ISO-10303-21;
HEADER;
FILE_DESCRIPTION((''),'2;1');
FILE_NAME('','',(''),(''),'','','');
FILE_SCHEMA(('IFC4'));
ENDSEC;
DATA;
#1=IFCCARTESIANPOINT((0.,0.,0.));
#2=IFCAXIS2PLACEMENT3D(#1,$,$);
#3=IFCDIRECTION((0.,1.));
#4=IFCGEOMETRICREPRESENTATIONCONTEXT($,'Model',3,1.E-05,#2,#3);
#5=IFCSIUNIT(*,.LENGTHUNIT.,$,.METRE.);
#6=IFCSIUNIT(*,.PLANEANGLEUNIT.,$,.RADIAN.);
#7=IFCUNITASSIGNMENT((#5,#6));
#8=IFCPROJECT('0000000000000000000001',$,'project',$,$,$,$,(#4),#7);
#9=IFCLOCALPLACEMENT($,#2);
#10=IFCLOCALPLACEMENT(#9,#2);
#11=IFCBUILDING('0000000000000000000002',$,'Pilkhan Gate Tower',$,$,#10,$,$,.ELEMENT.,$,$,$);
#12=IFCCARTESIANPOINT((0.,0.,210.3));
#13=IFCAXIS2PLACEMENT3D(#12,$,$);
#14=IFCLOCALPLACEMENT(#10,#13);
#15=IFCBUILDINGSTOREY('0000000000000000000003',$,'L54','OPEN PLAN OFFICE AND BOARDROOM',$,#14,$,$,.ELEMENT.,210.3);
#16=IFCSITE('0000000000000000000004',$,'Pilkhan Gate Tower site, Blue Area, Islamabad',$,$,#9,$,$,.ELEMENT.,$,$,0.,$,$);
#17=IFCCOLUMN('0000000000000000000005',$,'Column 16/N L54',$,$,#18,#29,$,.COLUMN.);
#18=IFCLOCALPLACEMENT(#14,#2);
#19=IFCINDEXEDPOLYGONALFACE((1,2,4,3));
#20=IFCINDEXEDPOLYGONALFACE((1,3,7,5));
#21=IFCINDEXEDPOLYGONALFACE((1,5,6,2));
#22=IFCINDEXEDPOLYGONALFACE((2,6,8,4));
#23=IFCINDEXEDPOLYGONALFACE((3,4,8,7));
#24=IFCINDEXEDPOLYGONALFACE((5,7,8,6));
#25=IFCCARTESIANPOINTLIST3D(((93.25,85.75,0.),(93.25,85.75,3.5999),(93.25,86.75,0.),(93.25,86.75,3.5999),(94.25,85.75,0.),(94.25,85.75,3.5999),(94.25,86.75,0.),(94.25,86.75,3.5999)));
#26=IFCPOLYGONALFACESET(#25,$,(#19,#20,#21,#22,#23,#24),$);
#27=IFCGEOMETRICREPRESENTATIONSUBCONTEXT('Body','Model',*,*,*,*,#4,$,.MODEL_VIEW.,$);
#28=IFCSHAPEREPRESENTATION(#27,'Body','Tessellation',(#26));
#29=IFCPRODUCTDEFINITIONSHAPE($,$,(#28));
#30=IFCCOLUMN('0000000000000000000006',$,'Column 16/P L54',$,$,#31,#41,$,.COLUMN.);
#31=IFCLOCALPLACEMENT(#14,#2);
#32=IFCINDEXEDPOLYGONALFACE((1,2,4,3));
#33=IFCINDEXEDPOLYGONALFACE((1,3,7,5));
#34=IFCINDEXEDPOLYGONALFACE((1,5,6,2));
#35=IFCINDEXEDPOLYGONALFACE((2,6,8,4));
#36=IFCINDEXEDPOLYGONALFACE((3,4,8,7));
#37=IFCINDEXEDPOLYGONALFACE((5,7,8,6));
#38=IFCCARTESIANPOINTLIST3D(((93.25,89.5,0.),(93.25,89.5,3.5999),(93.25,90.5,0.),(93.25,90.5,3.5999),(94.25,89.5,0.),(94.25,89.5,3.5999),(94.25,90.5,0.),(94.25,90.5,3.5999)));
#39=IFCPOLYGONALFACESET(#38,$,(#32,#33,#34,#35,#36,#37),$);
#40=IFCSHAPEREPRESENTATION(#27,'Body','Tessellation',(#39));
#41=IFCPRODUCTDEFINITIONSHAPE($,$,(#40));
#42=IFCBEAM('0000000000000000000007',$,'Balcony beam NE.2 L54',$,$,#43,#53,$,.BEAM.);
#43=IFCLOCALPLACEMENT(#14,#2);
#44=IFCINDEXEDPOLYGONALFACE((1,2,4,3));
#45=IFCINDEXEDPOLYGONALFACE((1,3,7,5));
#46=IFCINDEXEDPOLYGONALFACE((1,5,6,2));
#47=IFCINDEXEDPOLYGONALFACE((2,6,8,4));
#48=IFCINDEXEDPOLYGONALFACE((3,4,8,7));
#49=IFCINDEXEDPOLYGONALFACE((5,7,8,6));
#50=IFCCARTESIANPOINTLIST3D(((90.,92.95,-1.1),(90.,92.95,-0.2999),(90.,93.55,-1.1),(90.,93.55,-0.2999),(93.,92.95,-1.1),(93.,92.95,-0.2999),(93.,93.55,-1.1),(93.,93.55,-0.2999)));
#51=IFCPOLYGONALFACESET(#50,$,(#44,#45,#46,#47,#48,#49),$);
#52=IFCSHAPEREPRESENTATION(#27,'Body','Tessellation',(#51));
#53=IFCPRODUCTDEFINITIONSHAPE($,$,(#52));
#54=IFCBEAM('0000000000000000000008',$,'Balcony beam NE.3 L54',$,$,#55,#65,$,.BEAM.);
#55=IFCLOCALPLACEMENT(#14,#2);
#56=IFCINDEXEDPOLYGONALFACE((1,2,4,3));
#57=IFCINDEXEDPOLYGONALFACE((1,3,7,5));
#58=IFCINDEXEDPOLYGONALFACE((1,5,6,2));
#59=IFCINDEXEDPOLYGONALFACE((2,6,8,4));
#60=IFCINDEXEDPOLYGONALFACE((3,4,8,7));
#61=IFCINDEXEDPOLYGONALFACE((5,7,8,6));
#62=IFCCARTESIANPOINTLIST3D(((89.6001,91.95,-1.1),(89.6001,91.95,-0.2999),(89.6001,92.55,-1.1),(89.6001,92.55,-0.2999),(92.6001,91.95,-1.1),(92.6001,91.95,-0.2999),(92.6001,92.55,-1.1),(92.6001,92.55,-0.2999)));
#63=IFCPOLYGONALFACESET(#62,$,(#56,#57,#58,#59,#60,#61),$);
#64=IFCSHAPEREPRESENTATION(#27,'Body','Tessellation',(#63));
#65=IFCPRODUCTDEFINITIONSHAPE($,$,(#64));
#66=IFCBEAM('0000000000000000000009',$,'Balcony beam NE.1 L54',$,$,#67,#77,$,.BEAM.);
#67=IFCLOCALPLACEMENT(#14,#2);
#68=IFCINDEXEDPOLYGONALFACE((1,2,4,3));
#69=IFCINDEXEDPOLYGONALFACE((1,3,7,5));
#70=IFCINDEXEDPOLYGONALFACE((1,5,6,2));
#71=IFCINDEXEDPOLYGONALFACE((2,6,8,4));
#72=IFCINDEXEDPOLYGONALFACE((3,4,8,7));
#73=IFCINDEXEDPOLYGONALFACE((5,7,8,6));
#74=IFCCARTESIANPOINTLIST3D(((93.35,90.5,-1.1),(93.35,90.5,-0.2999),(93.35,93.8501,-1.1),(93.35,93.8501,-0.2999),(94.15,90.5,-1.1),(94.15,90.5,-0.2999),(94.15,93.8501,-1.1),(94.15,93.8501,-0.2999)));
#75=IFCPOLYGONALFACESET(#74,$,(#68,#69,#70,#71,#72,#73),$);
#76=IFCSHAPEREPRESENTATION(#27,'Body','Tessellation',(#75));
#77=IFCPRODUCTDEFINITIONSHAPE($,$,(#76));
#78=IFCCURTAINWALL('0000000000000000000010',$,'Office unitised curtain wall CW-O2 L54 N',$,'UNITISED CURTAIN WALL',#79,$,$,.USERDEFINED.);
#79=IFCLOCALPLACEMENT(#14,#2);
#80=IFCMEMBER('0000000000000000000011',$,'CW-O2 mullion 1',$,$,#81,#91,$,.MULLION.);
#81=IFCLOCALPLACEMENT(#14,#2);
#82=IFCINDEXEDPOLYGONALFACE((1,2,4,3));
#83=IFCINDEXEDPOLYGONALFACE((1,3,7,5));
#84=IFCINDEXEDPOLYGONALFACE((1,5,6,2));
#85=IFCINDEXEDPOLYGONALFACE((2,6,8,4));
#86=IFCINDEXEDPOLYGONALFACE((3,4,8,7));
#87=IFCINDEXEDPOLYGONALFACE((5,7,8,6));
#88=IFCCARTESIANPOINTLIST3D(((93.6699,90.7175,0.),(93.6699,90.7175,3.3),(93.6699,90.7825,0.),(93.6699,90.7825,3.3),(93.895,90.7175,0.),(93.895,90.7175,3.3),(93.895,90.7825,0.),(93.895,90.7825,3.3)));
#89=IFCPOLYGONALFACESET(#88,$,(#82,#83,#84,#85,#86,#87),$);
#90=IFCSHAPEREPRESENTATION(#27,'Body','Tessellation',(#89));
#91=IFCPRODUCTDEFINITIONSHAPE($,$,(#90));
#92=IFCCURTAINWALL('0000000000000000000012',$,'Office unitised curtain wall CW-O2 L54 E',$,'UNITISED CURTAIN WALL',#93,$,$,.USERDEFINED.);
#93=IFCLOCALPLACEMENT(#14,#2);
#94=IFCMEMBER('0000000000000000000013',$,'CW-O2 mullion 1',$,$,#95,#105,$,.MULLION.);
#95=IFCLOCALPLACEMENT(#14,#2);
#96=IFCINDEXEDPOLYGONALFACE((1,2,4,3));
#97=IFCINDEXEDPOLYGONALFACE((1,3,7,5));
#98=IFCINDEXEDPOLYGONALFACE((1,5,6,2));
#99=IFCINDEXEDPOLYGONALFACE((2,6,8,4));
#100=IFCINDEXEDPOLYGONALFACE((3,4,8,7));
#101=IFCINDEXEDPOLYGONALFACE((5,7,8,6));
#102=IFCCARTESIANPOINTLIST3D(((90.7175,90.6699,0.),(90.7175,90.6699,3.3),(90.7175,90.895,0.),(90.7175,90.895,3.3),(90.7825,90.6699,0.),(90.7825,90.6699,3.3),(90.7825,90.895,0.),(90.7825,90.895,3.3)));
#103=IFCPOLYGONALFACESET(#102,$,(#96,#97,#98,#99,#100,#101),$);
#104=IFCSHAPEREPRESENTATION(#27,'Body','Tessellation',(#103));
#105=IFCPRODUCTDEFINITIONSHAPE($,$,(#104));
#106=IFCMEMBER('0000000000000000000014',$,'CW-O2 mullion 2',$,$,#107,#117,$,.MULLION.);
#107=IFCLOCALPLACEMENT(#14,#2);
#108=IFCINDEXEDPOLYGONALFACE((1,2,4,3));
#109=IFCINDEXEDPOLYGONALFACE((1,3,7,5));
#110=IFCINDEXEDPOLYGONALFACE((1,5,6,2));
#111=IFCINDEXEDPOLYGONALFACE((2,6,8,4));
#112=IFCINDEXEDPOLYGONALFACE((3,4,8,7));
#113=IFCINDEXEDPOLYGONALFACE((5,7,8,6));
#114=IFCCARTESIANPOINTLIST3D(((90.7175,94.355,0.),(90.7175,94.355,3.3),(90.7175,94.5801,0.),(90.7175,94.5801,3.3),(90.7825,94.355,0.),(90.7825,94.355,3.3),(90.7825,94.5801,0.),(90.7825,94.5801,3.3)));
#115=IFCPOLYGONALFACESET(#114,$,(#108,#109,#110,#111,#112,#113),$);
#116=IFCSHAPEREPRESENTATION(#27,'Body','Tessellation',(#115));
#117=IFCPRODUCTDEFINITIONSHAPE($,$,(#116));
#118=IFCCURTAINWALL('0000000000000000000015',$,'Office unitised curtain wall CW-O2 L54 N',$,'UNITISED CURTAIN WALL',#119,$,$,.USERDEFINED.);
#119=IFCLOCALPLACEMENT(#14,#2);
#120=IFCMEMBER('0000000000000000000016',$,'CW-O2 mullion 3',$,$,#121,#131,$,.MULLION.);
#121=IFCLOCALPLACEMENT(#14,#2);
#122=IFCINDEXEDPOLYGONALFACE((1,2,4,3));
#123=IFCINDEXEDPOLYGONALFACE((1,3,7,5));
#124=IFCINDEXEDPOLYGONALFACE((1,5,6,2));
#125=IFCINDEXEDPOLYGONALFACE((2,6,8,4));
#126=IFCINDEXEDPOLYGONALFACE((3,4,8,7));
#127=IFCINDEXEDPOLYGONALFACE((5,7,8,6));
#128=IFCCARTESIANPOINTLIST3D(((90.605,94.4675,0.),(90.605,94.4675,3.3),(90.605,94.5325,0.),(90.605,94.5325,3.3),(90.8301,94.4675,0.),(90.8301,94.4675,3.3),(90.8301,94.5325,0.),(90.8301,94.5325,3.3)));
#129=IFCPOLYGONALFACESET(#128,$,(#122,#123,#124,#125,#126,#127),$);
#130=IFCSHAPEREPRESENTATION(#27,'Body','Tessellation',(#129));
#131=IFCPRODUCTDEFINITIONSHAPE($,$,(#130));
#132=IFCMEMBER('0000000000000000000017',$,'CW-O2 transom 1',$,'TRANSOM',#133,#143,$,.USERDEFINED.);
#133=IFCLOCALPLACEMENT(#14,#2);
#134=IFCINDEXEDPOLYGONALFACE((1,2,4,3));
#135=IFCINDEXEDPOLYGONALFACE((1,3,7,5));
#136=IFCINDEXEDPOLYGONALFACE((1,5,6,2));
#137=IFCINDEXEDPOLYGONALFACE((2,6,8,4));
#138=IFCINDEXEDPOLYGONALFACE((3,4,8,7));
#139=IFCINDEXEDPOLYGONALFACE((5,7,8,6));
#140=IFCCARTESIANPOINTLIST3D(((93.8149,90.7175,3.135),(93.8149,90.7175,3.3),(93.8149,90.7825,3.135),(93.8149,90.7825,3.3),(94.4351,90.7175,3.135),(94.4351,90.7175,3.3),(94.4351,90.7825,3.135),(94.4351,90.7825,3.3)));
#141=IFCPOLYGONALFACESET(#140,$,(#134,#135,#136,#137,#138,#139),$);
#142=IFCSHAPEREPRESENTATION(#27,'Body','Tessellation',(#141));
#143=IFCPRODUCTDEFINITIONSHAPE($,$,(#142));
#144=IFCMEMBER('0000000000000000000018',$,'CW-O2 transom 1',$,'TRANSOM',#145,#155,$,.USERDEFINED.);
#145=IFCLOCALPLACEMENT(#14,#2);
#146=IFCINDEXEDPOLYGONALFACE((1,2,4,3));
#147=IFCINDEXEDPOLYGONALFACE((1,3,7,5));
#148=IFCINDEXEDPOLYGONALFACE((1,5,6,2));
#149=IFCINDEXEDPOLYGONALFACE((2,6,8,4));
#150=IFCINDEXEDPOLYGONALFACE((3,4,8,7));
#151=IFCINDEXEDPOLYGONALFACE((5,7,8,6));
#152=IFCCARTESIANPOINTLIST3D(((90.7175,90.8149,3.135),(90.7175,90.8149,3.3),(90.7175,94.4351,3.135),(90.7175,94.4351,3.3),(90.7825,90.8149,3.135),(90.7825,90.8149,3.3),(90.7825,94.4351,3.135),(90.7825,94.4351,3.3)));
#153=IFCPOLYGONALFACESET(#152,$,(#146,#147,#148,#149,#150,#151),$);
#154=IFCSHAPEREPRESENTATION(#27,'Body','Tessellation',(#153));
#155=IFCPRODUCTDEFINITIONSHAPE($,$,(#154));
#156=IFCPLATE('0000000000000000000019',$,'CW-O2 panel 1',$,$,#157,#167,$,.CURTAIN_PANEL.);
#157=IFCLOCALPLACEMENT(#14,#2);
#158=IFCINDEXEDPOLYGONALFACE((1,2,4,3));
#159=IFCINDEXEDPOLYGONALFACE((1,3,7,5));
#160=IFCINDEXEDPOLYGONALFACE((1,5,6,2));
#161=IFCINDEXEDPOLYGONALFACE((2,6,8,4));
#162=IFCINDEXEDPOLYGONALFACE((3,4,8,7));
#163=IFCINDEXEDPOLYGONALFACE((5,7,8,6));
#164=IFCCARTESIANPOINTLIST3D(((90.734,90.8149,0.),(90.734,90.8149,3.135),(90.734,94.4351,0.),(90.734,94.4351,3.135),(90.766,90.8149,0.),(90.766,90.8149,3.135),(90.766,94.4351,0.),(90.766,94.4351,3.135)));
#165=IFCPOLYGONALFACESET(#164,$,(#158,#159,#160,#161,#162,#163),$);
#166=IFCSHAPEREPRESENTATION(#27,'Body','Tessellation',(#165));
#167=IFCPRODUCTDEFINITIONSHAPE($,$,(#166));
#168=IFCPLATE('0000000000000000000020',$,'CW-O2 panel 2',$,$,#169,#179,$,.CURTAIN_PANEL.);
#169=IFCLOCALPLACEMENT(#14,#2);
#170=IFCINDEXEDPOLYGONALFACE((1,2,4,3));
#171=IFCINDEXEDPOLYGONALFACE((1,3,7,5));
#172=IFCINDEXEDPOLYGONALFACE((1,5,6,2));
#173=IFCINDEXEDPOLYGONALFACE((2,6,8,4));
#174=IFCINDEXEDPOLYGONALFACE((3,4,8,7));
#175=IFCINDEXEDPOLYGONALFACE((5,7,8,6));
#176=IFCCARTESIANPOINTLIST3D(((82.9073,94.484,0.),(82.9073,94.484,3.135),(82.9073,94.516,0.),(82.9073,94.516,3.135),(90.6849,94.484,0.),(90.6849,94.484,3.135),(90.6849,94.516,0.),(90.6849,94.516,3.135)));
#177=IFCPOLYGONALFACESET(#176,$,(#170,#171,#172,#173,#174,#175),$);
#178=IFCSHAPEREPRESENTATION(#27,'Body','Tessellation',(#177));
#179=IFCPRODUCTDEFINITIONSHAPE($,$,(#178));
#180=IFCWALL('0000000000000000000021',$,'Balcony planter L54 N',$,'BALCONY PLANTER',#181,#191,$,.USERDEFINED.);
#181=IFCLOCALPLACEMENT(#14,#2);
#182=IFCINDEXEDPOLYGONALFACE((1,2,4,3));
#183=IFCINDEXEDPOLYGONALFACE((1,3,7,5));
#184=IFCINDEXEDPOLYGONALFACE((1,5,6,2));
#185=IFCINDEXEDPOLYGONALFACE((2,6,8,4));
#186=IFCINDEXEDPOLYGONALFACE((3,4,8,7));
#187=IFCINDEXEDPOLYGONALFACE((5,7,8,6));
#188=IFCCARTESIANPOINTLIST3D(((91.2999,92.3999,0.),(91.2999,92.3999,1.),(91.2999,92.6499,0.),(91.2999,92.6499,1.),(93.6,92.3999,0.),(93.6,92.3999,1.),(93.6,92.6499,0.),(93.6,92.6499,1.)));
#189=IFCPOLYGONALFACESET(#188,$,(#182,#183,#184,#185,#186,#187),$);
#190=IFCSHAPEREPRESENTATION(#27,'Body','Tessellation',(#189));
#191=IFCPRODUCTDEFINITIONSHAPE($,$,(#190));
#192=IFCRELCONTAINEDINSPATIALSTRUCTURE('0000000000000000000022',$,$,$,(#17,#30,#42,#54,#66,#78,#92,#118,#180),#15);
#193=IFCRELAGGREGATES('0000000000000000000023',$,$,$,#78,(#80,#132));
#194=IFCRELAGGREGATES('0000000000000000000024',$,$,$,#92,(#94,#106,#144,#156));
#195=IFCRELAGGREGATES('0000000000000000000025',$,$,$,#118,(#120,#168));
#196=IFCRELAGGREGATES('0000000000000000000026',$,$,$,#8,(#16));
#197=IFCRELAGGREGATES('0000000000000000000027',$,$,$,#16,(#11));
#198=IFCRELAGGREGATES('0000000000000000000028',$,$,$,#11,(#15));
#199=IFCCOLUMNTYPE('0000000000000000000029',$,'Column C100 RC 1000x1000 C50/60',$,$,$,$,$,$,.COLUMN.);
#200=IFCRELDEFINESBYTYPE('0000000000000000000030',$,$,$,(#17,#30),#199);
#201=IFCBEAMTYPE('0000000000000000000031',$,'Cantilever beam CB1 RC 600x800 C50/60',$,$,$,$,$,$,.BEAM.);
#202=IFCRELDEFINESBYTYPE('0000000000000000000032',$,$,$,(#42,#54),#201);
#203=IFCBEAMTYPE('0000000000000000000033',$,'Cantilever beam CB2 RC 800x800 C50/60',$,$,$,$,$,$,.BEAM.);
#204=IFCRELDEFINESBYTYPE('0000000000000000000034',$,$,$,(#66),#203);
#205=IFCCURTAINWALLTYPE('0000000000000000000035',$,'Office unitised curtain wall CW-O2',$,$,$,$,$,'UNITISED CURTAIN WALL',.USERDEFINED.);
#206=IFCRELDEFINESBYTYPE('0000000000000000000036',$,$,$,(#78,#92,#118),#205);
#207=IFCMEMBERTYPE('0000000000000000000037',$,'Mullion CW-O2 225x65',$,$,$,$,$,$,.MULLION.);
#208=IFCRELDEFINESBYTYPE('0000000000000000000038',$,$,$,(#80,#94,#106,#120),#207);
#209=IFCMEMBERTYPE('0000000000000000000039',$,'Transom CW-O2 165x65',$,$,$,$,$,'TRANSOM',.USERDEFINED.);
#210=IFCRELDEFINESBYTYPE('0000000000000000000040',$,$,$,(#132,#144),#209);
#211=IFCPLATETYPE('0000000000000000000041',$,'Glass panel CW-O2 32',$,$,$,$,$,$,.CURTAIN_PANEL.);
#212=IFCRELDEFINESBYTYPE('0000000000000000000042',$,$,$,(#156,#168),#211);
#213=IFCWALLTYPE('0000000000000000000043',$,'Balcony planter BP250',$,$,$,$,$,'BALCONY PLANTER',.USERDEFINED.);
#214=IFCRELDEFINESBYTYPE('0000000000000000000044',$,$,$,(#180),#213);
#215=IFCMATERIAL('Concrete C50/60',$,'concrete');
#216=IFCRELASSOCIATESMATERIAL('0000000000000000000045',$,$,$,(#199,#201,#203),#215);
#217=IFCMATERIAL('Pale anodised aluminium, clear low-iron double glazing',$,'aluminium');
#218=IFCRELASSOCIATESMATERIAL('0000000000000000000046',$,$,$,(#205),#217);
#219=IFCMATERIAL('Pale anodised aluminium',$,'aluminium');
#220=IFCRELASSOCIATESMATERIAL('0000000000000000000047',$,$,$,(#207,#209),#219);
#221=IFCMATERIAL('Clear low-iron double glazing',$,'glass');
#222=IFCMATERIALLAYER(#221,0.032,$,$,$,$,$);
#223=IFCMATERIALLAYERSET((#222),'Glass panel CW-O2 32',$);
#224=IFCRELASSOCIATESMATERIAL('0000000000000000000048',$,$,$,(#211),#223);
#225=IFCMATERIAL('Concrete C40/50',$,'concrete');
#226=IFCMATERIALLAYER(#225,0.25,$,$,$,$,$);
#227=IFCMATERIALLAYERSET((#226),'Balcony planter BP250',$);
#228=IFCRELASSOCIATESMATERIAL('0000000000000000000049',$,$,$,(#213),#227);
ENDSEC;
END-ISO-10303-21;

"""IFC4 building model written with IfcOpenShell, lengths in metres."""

from ifc_helpers import new_model, si_unit, direction, frame, frame_2d, origin, origin_2d, place, context, subcontext, project, spatial, rectangle, extrude, material, layer, layer_set, material_profile, profile_set, type_object, element, aggregate, save


model = new_model("IFC4")

# Units and contexts
model_context = context("Model", 3, precision=1e-05, world=origin(), true_north=direction((0.0, 1.0)))
body_context = subcontext(model_context, "Body", "Model", "MODEL_VIEW")
ifc_project = project(units=[si_unit("LENGTHUNIT", "METRE"), si_unit("PLANEANGLEUNIT", "RADIAN")], contexts=[model_context])

# Site, building, storey
site_placement = place(None, origin())
site = spatial("IfcSite", under=ifc_project, at=site_placement, Name="Pilkhan Gate Tower site, Blue Area, Islamabad", CompositionType="ELEMENT", RefElevation=0.0)
building_placement = place(site_placement, origin())
building = spatial("IfcBuilding", under=site, at=building_placement, Name="Pilkhan Gate Tower", CompositionType="ELEMENT")
storey_placement = place(building_placement, frame((0.0, 0.0, 210.3)))
storey = spatial("IfcBuildingStorey", under=building, at=storey_placement, Name="L54", Description="OPEN PLAN OFFICE AND BOARDROOM", CompositionType="ELEMENT", Elevation=210.3)

# Columns
ifc_material_1 = material(Name="Concrete C50/60", Category="concrete")
ifc_material_profile_1 = material_profile(ifc_material_1, rectangle(XDim=1.0, YDim=1.0, at=origin_2d()), Name="RC 1000x1000")
ifc_profile_set_1 = profile_set([ifc_material_profile_1], Name="Concrete C50/60")
column_type = type_object("IfcColumnType", Name="Column C100 RC 1000x1000 C50/60", PredefinedType="COLUMN", material=ifc_profile_set_1)
for number, where, z_axis, x_axis, name in (
    (1, (93.75, 86.25, 0.0), (0.0, 0.0, 1.0), (1.0, 0.0, 0.0), "Column 16/N L54"),
    (2, (93.75, 90.0, 0.0), (0.0, 0.0, 1.0), (1.0, 0.0, 0.0), "Column 16/P L54"),
):
    element("IfcColumn", number, at=place(storey_placement, frame(where, z_axis=z_axis, x_axis=x_axis)), inside=storey, type_object=column_type, Name=name, PredefinedType="COLUMN", context=body_context, shape_type="SweptSolid", body=[
        extrude(rectangle(XDim=1.0, YDim=1.0, at=origin_2d()), origin(), (0.0, 0.0, 1.0), 3.5999),
    ])

# Beams
ifc_material_profile_2 = material_profile(ifc_material_1, rectangle(XDim=0.6001, YDim=0.8, at=origin_2d()), Name="RC 600x800")
ifc_profile_set_2 = profile_set([ifc_material_profile_2], Name="Concrete C50/60")
beam_type_1 = type_object("IfcBeamType", Name="Cantilever beam CB1 RC 600x800 C50/60", PredefinedType="BEAM", material=ifc_profile_set_2)
for number, where, z_axis, x_axis, name in (
    (3, (90.0, 93.25, -0.7), (1.0, 0.0, 0.0), (0.0, 1.0, 0.0), "Balcony beam NE.2 L54"),
    (4, (89.6001, 92.25, -0.7), (1.0, 0.0, 0.0), (0.0, 1.0, 0.0), "Balcony beam NE.3 L54"),
):
    element("IfcBeam", number, at=place(storey_placement, frame(where, z_axis=z_axis, x_axis=x_axis)), inside=storey, type_object=beam_type_1, Name=name, PredefinedType="BEAM", context=body_context, shape_type="SweptSolid", body=[
        extrude(rectangle(XDim=0.6001, YDim=0.8, at=origin_2d()), origin(), (0.0, 0.0, 1.0), 3.0),
    ])
ifc_material_profile_3 = material_profile(ifc_material_1, rectangle(XDim=0.8, YDim=0.8, at=origin_2d()), Name="RC 800x800")
ifc_profile_set_3 = profile_set([ifc_material_profile_3], Name="Concrete C50/60")
beam_type_2 = type_object("IfcBeamType", Name="Cantilever beam CB2 RC 800x800 C50/60", PredefinedType="BEAM", material=ifc_profile_set_3)
beam_placement = place(storey_placement, frame((93.75, 90.5, -0.7), z_axis=(0.0, 1.0, 0.0), x_axis=(-1.0, 0.0, 0.0)))
element("IfcBeam", 5, at=beam_placement, inside=storey, type_object=beam_type_2, Name="Balcony beam NE.1 L54", PredefinedType="BEAM", context=body_context, shape_type="SweptSolid", body=[
    extrude(rectangle(XDim=0.8, YDim=0.8, at=origin_2d()), origin(), (0.0, 0.0, 1.0), 3.3501),
])

# Curtain wall, member
ifc_material_2 = material(Name="Pale anodised aluminium, clear low-iron double glazing", Category="aluminium")
curtain_wall_type = type_object("IfcCurtainWallType", Name="Office unitised curtain wall CW-O2", ElementType="UNITISED CURTAIN WALL", PredefinedType="USERDEFINED", material=ifc_material_2)
curtain_wall_1_placement = place(storey_placement, origin())
curtain_wall_1 = element("IfcCurtainWall", 6, at=curtain_wall_1_placement, inside=storey, type_object=curtain_wall_type, Name="Office unitised curtain wall CW-O2 L54 N", ObjectType="UNITISED CURTAIN WALL", PredefinedType="USERDEFINED")
ifc_material_3 = material(Name="Pale anodised aluminium", Category="aluminium")
ifc_material_profile_4 = material_profile(ifc_material_3, rectangle(XDim=0.0649, YDim=0.2251, at=origin_2d()), Name="Mullion 225x65")
ifc_profile_set_4 = profile_set([ifc_material_profile_4], Name="Pale anodised aluminium")
member_type_1 = type_object("IfcMemberType", Name="Mullion CW-O2 225x65", PredefinedType="MULLION", material=ifc_profile_set_4)
member_1_placement = place(storey_placement, frame((93.7825, 90.75, 0.0), z_axis=(0.0, 0.0, 1.0), x_axis=(0.0, 1.0, 0.0)))
member_1 = element("IfcMember", 7, at=member_1_placement, type_object=member_type_1, Name="CW-O2 mullion 1", PredefinedType="MULLION", context=body_context, shape_type="SweptSolid", body=[
    extrude(rectangle(XDim=0.0649, YDim=0.2251, at=origin_2d()), origin(), (0.0, 0.0, 1.0), 3.3),
])

# Curtain wall, members
curtain_wall_2_placement = place(storey_placement, origin())
curtain_wall_2 = element("IfcCurtainWall", 8, at=curtain_wall_2_placement, inside=storey, type_object=curtain_wall_type, Name="Office unitised curtain wall CW-O2 L54 E", ObjectType="UNITISED CURTAIN WALL", PredefinedType="USERDEFINED")
member_2_placement = place(storey_placement, frame((90.75, 90.7825, 0.0), z_axis=(0.0, 0.0, 1.0), x_axis=(-1.0, 0.0, 0.0)))
member_2 = element("IfcMember", 9, at=member_2_placement, type_object=member_type_1, Name="CW-O2 mullion 1", PredefinedType="MULLION", context=body_context, shape_type="SweptSolid", body=[
    extrude(rectangle(XDim=0.0649, YDim=0.2251, at=origin_2d()), origin(), (0.0, 0.0, 1.0), 3.3),
])
member_3_placement = place(storey_placement, frame((90.75, 94.4675, 0.0), z_axis=(0.0, 0.0, 1.0), x_axis=(-1.0, 0.0, 0.0)))
member_3 = element("IfcMember", 10, at=member_3_placement, type_object=member_type_1, Name="CW-O2 mullion 2", PredefinedType="MULLION", context=body_context, shape_type="SweptSolid", body=[
    extrude(rectangle(XDim=0.0649, YDim=0.2251, at=origin_2d()), origin(), (0.0, 0.0, 1.0), 3.3),
])

# Curtain wall, member
curtain_wall_3_placement = place(storey_placement, origin())
curtain_wall_3 = element("IfcCurtainWall", 11, at=curtain_wall_3_placement, inside=storey, type_object=curtain_wall_type, Name="Office unitised curtain wall CW-O2 L54 N", ObjectType="UNITISED CURTAIN WALL", PredefinedType="USERDEFINED")
member_4_placement = place(storey_placement, frame((90.7175, 94.5, 0.0), z_axis=(0.0, 0.0, 1.0), x_axis=(0.0, 1.0, 0.0)))
member_4 = element("IfcMember", 12, at=member_4_placement, type_object=member_type_1, Name="CW-O2 mullion 3", PredefinedType="MULLION", context=body_context, shape_type="SweptSolid", body=[
    extrude(rectangle(XDim=0.0649, YDim=0.2251, at=origin_2d()), origin(), (0.0, 0.0, 1.0), 3.3),
])

# Members
ifc_material_profile_5 = material_profile(ifc_material_3, rectangle(XDim=0.0649, YDim=0.165, at=origin_2d()), Name="Transom 165x65")
ifc_profile_set_5 = profile_set([ifc_material_profile_5], Name="Pale anodised aluminium")
member_type_2 = type_object("IfcMemberType", Name="Transom CW-O2 165x65", ElementType="TRANSOM", PredefinedType="USERDEFINED", material=ifc_profile_set_5)
member_5_placement = place(storey_placement, frame((93.8149, 90.75, 3.2175), z_axis=(1.0, 0.0, 0.0), x_axis=(0.0, 1.0, 0.0)))
member_5 = element("IfcMember", 13, at=member_5_placement, type_object=member_type_2, Name="CW-O2 transom 1", ObjectType="TRANSOM", PredefinedType="USERDEFINED", context=body_context, shape_type="SweptSolid", body=[
    extrude(rectangle(XDim=0.0649, YDim=0.165, at=origin_2d()), origin(), (0.0, 0.0, 1.0), 0.6201),
])
aggregate(curtain_wall_1, [member_1, member_5])
member_6_placement = place(storey_placement, frame((90.75, 90.8149, 3.2175), z_axis=(0.0, 1.0, 0.0), x_axis=(-1.0, 0.0, 0.0)))
member_6 = element("IfcMember", 14, at=member_6_placement, type_object=member_type_2, Name="CW-O2 transom 1", ObjectType="TRANSOM", PredefinedType="USERDEFINED", context=body_context, shape_type="SweptSolid", body=[
    extrude(rectangle(XDim=0.0649, YDim=0.165, at=origin_2d()), origin(), (0.0, 0.0, 1.0), 3.6201),
])

# Plates
ifc_material_4 = material(Name="Clear low-iron double glazing", Category="glass")
ifc_layer_1 = layer(ifc_material_4, 0.032)
ifc_layer_set_1 = layer_set([ifc_layer_1], Name="Glass panel CW-O2 32")
plate_type = type_object("IfcPlateType", Name="Glass panel CW-O2 32", PredefinedType="CURTAIN_PANEL", material=ifc_layer_set_1)
plate_1_placement = place(storey_placement, frame((90.75, 92.625, 0.0), z_axis=(0.0, 0.0, 1.0), x_axis=(0.0, 1.0, 0.0)))
plate_1 = element("IfcPlate", 15, at=plate_1_placement, type_object=plate_type, Name="CW-O2 panel 1", PredefinedType="CURTAIN_PANEL", context=body_context, shape_type="SweptSolid", body=[
    extrude(rectangle(XDim=3.6201, YDim=0.032, at=origin_2d()), origin(), (0.0, 0.0, 1.0), 3.135),
])
aggregate(curtain_wall_2, [member_2, member_3, member_6, plate_1])
plate_2_placement = place(storey_placement, frame((86.7961, 94.5, 0.0), z_axis=(0.0, 0.0, 1.0), x_axis=(1.0, 0.0, 0.0)))
plate_2 = element("IfcPlate", 16, at=plate_2_placement, type_object=plate_type, Name="CW-O2 panel 2", PredefinedType="CURTAIN_PANEL", context=body_context, shape_type="SweptSolid", body=[
    extrude(rectangle(XDim=7.7776, YDim=0.032, at=origin_2d()), origin(), (0.0, 0.0, 1.0), 3.135),
])
aggregate(curtain_wall_3, [member_4, plate_2])

# Wall
ifc_material_5 = material(Name="Concrete C40/50", Category="concrete")
ifc_layer_2 = layer(ifc_material_5, 0.25)
ifc_layer_set_2 = layer_set([ifc_layer_2], Name="Balcony planter BP250")
wall_type_1 = type_object("IfcWallType", Name="Balcony planter BP250", ElementType="BALCONY PLANTER", PredefinedType="USERDEFINED", material=ifc_layer_set_2)
wall_1_placement = place(storey_placement, frame((91.3, 92.5249, 0.0), z_axis=(0.0, 0.0, 1.0), x_axis=(1.0, 0.0, 0.0)))
element("IfcWall", 17, at=wall_1_placement, inside=storey, type_object=wall_type_1, Name="Balcony planter L54 N", ObjectType="BALCONY PLANTER", PredefinedType="USERDEFINED", context=body_context, shape_type="SweptSolid", body=[
    extrude(rectangle(XDim=2.3, YDim=0.25, at=frame_2d((1.1499, 0.0))), origin(), (0.0, 0.0, 1.0), 1.0),
])

save(model, "model.ifc")
